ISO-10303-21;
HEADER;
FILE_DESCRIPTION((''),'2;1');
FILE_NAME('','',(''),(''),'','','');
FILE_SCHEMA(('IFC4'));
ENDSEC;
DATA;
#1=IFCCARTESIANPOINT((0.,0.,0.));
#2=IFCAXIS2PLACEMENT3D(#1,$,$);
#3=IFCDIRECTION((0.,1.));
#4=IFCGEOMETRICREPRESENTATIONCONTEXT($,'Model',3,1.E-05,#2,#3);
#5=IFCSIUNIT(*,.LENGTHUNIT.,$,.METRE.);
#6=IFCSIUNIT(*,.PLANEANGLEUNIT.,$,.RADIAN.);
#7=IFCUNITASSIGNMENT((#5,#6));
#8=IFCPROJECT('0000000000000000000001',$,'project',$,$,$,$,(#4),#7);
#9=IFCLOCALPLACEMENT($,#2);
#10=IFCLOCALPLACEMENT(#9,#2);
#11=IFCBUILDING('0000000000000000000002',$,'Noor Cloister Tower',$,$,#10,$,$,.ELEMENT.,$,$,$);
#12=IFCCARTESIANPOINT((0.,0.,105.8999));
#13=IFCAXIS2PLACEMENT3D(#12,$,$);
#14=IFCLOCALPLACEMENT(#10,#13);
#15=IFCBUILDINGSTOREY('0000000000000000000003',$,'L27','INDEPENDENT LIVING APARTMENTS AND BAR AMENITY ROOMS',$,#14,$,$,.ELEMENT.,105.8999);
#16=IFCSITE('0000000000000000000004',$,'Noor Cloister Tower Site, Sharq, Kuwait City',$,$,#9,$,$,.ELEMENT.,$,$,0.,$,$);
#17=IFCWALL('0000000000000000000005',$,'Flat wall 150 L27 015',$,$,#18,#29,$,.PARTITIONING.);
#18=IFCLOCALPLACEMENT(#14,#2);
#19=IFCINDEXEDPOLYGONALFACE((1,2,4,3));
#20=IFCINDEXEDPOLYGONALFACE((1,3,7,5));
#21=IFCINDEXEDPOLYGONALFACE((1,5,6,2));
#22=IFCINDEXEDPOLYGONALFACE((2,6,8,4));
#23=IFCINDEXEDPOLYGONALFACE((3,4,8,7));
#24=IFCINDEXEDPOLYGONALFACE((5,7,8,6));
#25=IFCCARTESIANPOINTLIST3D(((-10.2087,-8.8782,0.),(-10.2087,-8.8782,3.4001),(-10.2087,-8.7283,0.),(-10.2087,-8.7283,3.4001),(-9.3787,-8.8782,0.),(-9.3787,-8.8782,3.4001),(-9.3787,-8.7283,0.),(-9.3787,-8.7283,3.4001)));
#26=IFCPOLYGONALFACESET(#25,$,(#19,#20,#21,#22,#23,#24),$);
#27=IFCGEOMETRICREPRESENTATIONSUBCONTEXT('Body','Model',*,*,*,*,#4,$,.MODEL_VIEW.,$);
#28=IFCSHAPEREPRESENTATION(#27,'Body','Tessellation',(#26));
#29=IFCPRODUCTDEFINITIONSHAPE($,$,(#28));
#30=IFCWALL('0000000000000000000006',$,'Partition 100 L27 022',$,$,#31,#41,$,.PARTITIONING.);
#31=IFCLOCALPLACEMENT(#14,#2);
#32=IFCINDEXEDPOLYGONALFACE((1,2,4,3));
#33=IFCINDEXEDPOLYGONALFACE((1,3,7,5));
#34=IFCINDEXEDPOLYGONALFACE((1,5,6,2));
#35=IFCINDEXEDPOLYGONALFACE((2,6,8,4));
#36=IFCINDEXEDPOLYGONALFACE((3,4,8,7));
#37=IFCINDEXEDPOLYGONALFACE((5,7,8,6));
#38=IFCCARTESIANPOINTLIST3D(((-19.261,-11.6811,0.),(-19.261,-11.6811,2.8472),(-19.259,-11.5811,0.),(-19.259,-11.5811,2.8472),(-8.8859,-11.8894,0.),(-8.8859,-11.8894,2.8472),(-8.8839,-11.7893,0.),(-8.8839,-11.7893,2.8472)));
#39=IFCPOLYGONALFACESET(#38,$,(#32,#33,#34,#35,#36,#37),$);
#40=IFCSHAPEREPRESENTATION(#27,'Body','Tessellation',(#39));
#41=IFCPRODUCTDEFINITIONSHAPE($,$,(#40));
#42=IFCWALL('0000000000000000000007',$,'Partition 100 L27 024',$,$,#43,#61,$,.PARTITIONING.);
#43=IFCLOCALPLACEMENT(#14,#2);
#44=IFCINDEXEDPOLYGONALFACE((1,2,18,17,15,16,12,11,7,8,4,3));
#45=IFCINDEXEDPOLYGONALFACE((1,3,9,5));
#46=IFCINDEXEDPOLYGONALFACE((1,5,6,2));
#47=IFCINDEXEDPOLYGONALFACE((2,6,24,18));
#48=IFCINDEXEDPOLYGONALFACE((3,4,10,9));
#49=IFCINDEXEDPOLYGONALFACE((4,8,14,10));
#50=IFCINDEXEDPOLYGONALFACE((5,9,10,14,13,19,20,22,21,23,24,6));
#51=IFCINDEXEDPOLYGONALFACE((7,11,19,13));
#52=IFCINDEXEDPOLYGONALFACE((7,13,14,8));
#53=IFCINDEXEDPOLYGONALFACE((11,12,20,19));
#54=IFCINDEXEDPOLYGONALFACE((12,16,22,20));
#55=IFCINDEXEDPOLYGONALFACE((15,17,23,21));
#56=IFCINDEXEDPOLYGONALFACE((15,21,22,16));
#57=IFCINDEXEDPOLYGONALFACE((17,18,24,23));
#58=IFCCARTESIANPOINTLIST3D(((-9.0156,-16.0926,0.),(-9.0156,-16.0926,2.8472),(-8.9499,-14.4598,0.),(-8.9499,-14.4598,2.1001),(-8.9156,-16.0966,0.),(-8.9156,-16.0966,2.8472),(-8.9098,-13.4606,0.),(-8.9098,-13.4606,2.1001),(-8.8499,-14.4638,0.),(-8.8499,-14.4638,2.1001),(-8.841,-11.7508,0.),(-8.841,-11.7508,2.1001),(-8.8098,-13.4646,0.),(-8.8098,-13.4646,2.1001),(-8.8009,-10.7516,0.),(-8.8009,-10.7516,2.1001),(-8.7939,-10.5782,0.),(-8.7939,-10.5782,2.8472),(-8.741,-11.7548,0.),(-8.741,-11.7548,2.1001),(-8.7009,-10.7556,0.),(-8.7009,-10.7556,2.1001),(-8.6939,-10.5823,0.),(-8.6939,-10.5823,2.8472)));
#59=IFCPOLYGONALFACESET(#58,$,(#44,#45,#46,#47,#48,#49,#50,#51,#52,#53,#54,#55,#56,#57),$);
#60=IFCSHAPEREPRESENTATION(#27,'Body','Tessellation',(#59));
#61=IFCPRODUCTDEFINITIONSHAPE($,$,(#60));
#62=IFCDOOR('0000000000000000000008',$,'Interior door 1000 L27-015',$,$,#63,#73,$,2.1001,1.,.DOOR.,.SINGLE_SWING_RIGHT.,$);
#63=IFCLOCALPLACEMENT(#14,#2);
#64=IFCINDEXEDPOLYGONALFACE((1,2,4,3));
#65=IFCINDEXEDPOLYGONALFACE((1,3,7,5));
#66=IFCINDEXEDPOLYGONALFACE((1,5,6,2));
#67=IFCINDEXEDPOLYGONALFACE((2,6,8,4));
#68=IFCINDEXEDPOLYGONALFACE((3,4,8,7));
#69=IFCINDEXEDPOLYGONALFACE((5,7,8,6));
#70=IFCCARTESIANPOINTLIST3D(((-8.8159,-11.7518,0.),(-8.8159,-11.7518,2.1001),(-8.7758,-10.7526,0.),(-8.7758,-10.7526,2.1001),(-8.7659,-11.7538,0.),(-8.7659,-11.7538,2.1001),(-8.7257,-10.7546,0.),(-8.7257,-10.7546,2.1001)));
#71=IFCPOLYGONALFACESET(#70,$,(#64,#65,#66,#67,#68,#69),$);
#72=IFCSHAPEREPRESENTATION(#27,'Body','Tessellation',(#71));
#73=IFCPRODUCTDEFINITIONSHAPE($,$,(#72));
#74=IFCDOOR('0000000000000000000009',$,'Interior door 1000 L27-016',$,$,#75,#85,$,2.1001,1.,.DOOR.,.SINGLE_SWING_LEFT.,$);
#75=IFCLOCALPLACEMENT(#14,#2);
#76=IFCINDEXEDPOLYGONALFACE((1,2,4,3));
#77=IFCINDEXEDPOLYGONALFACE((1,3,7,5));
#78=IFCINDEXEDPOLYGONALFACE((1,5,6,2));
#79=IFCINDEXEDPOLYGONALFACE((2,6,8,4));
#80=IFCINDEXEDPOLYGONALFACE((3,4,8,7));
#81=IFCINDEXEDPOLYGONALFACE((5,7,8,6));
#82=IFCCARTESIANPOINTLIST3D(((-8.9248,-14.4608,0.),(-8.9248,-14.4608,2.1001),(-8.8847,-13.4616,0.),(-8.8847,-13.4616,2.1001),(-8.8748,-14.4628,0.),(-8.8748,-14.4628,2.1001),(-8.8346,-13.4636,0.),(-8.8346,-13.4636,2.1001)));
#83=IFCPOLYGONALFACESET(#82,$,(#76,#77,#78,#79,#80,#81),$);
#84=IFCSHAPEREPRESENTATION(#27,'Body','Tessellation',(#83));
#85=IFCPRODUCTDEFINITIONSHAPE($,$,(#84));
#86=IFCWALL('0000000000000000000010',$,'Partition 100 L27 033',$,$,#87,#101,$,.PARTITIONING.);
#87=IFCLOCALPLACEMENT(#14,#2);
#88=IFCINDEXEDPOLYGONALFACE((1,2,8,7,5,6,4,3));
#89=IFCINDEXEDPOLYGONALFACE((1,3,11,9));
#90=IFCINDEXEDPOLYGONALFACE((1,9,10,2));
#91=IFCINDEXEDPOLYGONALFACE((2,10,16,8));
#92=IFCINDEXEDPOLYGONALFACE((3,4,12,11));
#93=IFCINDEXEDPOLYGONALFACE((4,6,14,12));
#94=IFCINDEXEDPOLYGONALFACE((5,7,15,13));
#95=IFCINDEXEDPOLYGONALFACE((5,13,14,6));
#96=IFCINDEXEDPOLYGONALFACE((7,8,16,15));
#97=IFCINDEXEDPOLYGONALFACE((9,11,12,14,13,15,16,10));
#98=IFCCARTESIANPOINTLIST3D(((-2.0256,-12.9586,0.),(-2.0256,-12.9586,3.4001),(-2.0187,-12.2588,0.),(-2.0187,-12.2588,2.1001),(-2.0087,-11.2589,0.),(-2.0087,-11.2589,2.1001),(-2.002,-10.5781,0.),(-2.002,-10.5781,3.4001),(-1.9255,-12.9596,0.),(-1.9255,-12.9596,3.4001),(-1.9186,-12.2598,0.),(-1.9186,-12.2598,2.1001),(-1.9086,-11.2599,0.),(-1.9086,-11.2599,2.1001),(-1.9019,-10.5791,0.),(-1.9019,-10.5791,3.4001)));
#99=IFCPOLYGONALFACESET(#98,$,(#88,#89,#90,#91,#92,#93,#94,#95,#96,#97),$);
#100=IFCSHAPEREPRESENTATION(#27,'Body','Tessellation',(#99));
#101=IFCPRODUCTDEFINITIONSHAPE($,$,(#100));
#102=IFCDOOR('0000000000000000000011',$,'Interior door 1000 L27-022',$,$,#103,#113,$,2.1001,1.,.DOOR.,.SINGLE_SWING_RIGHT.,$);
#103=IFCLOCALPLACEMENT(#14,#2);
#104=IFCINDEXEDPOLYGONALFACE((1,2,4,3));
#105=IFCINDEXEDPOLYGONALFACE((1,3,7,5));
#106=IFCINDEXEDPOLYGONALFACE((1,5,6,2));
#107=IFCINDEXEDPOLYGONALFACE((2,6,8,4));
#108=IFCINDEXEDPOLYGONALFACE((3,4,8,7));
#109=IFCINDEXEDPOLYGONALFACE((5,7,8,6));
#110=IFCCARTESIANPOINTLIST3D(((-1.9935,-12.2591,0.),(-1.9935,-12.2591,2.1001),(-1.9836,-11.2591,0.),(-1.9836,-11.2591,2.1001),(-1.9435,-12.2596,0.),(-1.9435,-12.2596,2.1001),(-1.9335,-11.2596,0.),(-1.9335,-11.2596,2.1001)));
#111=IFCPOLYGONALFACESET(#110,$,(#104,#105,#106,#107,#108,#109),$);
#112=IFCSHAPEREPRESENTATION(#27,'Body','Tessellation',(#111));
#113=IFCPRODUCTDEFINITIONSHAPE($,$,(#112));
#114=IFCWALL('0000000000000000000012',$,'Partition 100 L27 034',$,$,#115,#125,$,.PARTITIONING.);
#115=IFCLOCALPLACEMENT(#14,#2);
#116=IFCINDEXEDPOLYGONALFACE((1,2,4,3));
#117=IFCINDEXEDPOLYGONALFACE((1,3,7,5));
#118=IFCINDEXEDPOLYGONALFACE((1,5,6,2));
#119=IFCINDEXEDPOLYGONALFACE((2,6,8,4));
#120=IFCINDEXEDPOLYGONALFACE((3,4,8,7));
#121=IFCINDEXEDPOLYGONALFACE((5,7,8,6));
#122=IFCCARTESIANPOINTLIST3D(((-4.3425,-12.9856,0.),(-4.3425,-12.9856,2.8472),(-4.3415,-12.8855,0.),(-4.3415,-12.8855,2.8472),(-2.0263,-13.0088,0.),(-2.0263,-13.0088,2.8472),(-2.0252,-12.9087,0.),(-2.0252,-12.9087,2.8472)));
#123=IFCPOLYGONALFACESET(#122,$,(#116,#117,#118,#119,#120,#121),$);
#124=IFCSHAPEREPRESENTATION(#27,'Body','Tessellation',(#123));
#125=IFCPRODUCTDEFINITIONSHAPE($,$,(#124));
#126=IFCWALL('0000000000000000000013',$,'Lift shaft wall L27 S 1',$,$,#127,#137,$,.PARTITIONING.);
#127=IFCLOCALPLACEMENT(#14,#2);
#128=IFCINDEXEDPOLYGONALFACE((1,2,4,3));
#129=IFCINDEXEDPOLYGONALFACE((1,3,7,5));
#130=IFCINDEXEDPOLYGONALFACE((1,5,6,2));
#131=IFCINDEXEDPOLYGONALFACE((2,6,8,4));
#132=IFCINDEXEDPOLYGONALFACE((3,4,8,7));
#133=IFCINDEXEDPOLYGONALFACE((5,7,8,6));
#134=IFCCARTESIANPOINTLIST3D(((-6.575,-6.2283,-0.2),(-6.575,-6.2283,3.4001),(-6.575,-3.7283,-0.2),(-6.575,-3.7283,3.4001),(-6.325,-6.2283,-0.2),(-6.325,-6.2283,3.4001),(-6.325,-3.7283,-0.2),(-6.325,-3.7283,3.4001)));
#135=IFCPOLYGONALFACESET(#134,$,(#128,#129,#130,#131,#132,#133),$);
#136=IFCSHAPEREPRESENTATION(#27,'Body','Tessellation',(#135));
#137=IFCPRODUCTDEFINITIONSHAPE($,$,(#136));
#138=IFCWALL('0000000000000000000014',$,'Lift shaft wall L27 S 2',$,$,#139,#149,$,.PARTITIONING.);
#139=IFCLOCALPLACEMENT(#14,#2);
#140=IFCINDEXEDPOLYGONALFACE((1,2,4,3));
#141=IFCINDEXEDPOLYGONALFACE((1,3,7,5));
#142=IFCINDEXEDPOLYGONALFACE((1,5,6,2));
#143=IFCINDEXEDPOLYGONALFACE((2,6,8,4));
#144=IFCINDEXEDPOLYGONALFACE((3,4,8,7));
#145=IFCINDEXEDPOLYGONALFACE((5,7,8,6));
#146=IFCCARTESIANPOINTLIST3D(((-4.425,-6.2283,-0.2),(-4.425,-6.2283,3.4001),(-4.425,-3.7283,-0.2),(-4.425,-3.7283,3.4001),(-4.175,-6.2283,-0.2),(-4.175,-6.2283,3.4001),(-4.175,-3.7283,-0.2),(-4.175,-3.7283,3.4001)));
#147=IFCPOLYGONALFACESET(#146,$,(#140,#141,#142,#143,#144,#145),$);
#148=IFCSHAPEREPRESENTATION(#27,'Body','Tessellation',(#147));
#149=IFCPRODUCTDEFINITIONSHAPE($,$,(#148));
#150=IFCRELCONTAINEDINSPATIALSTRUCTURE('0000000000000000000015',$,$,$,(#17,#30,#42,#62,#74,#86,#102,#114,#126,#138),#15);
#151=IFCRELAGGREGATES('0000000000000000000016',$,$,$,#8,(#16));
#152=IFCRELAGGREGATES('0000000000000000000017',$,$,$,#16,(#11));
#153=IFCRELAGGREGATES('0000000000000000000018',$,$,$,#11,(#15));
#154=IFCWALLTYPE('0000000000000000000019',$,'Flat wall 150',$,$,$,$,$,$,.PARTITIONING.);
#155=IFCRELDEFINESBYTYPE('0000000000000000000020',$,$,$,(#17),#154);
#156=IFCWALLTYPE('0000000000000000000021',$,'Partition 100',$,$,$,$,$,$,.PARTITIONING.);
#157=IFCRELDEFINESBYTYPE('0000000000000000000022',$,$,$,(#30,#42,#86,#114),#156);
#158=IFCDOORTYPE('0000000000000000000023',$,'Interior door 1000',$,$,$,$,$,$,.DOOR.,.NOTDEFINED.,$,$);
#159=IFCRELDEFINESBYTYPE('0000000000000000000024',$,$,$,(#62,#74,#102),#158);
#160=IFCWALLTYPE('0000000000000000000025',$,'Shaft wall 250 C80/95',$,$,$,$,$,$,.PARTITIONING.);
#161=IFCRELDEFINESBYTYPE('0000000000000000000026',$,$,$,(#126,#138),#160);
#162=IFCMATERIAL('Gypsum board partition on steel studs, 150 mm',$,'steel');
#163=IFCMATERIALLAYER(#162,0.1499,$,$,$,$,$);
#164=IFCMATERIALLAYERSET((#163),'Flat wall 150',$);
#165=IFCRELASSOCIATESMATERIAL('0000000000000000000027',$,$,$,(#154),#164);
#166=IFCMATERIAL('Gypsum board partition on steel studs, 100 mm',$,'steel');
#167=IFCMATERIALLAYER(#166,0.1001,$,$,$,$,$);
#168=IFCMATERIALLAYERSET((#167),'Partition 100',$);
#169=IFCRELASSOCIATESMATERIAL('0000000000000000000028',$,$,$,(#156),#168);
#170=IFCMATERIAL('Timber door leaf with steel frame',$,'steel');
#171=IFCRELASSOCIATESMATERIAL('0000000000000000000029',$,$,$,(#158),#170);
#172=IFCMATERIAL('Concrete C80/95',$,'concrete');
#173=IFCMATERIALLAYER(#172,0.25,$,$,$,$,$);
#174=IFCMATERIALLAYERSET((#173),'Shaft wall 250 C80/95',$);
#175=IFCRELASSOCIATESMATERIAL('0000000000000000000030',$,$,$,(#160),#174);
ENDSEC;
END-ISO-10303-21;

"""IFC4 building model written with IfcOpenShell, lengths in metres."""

from ifc_helpers import new_model, si_unit, direction, frame, frame_2d, origin, place, context, subcontext, project, spatial, rectangle, extrude, material, layer, layer_set, type_object, element, fill, save


model = new_model("IFC4")

# Units and contexts
model_context = context("Model", 3, precision=1e-05, world=origin(), true_north=direction((0.0, 1.0)))
body_context = subcontext(model_context, "Body", "Model", "MODEL_VIEW")
ifc_project = project(units=[si_unit("LENGTHUNIT", "METRE"), si_unit("PLANEANGLEUNIT", "RADIAN")], contexts=[model_context])

# Site, building, storey
site_placement = place(None, origin())
site = spatial("IfcSite", under=ifc_project, at=site_placement, Name="Noor Cloister Tower Site, Sharq, Kuwait City", CompositionType="ELEMENT", RefElevation=0.0)
building_placement = place(site_placement, origin())
building = spatial("IfcBuilding", under=site, at=building_placement, Name="Noor Cloister Tower", CompositionType="ELEMENT")
storey_placement = place(building_placement, frame((0.0, 0.0, 105.8999)))
storey = spatial("IfcBuildingStorey", under=building, at=storey_placement, Name="L27", Description="INDEPENDENT LIVING APARTMENTS AND BAR AMENITY ROOMS", CompositionType="ELEMENT", Elevation=105.8999)

# Walls
ifc_material_1 = material(Name="Gypsum board partition on steel studs, 150 mm", Category="steel")
ifc_layer_1 = layer(ifc_material_1, 0.1499)
ifc_layer_set_1 = layer_set([ifc_layer_1], Name="Flat wall 150")
wall_type_1 = type_object("IfcWallType", Name="Flat wall 150", PredefinedType="PARTITIONING", material=ifc_layer_set_1)
wall_1_placement = place(storey_placement, frame((-10.2087, -8.8032, 0.0), z_axis=(0.0, 0.0, 1.0), x_axis=(1.0, 0.0, 0.0)))
element("IfcWall", 1, at=wall_1_placement, inside=storey, type_object=wall_type_1, Name="Flat wall 150 L27 015", PredefinedType="PARTITIONING", context=body_context, shape_type="SweptSolid", body=[
    extrude(rectangle(XDim=0.8301, YDim=0.1499, at=frame_2d((0.415, 0.0))), origin(), (0.0, 0.0, 1.0), 3.4001),
])
ifc_material_2 = material(Name="Gypsum board partition on steel studs, 100 mm", Category="steel")
ifc_layer_2 = layer(ifc_material_2, 0.1001)
ifc_layer_set_2 = layer_set([ifc_layer_2], Name="Partition 100")
wall_type_2 = type_object("IfcWallType", Name="Partition 100", PredefinedType="PARTITIONING", material=ifc_layer_set_2)
wall_2_placement = place(storey_placement, frame((-8.885, -11.8394, 0.0), z_axis=(0.0, 0.0, 1.0), x_axis=(-0.999799, 0.020068, 0.0)))
element("IfcWall", 2, at=wall_2_placement, inside=storey, type_object=wall_type_2, Name="Partition 100 L27 022", PredefinedType="PARTITIONING", context=body_context, shape_type="SweptSolid", body=[
    extrude(rectangle(XDim=10.3772, YDim=0.1001, at=frame_2d((5.1885, 0.0))), origin(), (0.0, 0.0, 1.0), 2.8472),
])

# Wall, openings, doors
wall_3_placement = place(storey_placement, frame((-8.9656, -16.0945, 0.0), z_axis=(0.0, 0.0, 1.0), x_axis=(0.040168, 0.999193, 0.0)))
wall_3 = element("IfcWall", 3, at=wall_3_placement, inside=storey, type_object=wall_type_2, Name="Partition 100 L27 024", PredefinedType="PARTITIONING", context=body_context, shape_type="SweptSolid", body=[
    extrude(rectangle(XDim=5.5188, YDim=0.1001, at=frame_2d((2.7593, 0.0))), origin(), (0.0, 0.0, 1.0), 2.8472),
])
opening_1_placement = place(wall_3_placement, frame((4.3452, 0.0, 0.0)))
opening_1 = element("IfcOpeningElement", 4, at=opening_1_placement, cuts=wall_3, PredefinedType="OPENING", context=body_context, shape_type="SweptSolid", body=[
    extrude(rectangle(XDim=1.0, YDim=2.1001, at=frame_2d((0.5, 1.05))), frame((0.0, 0.0601, 0.0), z_axis=(0.0, -1.0, 0.0), x_axis=(1.0, 0.0, 0.0)), (0.0, 0.0, 1.0), 0.1201),
])
opening_2_placement = place(wall_3_placement, frame((1.634, 0.0, 0.0)))
opening_2 = element("IfcOpeningElement", 5, at=opening_2_placement, cuts=wall_3, PredefinedType="OPENING", context=body_context, shape_type="SweptSolid", body=[
    extrude(rectangle(XDim=1.0, YDim=2.1001, at=frame_2d((0.5, 1.05))), frame((0.0, 0.0601, 0.0), z_axis=(0.0, -1.0, 0.0), x_axis=(1.0, 0.0, 0.0)), (0.0, 0.0, 1.0), 0.1201),
])
ifc_material_3 = material(Name="Timber door leaf with steel frame", Category="steel")
door_type_1 = type_object("IfcDoorType", Name="Interior door 1000", OperationType="NOTDEFINED", PredefinedType="DOOR", material=ifc_material_3)
door_1_placement = place(opening_1_placement, origin())
door_1 = element("IfcDoor", 6, at=door_1_placement, inside=storey, type_object=door_type_1, Name="Interior door 1000 L27-015", OperationType="SINGLE_SWING_RIGHT", OverallHeight=2.1001, OverallWidth=1.0, PredefinedType="DOOR", context=body_context, shape_type="SweptSolid", body=[
    extrude(rectangle(XDim=1.0, YDim=2.1001, at=frame_2d((0.5, 1.05))), frame((0.0, 0.0249, 0.0), z_axis=(0.0, -1.0, 0.0), x_axis=(1.0, 0.0, 0.0)), (0.0, 0.0, 1.0), 0.05),
])
fill(opening_1, door_1)
door_2_placement = place(opening_2_placement, origin())
door_2 = element("IfcDoor", 7, at=door_2_placement, inside=storey, type_object=door_type_1, Name="Interior door 1000 L27-016", OperationType="SINGLE_SWING_LEFT", OverallHeight=2.1001, OverallWidth=1.0, PredefinedType="DOOR", context=body_context, shape_type="SweptSolid", body=[
    extrude(rectangle(XDim=1.0, YDim=2.1001, at=frame_2d((0.5, 1.05))), frame((0.0, 0.0249, 0.0), z_axis=(0.0, -1.0, 0.0), x_axis=(1.0, 0.0, 0.0)), (0.0, 0.0, 1.0), 0.05),
])
fill(opening_2, door_2)

# Wall, opening, door
wall_4_placement = place(storey_placement, frame((-1.9756, -12.9592, 0.0), z_axis=(0.0, 0.0, 1.0), x_axis=(0.009947, 0.999951, 0.0)))
wall_4 = element("IfcWall", 8, at=wall_4_placement, inside=storey, type_object=wall_type_2, Name="Partition 100 L27 033", PredefinedType="PARTITIONING", context=body_context, shape_type="SweptSolid", body=[
    extrude(rectangle(XDim=2.3806, YDim=0.1001, at=frame_2d((1.1904, 0.0))), origin(), (0.0, 0.0, 1.0), 3.4001),
])
opening_3_placement = place(wall_4_placement, frame((0.7, 0.0, 0.0)))
opening_3 = element("IfcOpeningElement", 9, at=opening_3_placement, cuts=wall_4, PredefinedType="OPENING", context=body_context, shape_type="SweptSolid", body=[
    extrude(rectangle(XDim=1.0, YDim=2.1001, at=frame_2d((0.5, 1.05))), frame((0.0, 0.0601, 0.0), z_axis=(0.0, -1.0, 0.0), x_axis=(1.0, 0.0, 0.0)), (0.0, 0.0, 1.0), 0.1201),
])
door_3_placement = place(opening_3_placement, origin())
door_3 = element("IfcDoor", 10, at=door_3_placement, inside=storey, type_object=door_type_1, Name="Interior door 1000 L27-022", OperationType="SINGLE_SWING_RIGHT", OverallHeight=2.1001, OverallWidth=1.0, PredefinedType="DOOR", context=body_context, shape_type="SweptSolid", body=[
    extrude(rectangle(XDim=1.0, YDim=2.1001, at=frame_2d((0.5, 1.05))), frame((0.0, 0.0249, 0.0), z_axis=(0.0, -1.0, 0.0), x_axis=(1.0, 0.0, 0.0)), (0.0, 0.0, 1.0), 0.05),
])
fill(opening_3, door_3)

# Walls
wall_5_placement = place(storey_placement, frame((-4.342, -12.9355, 0.0), z_axis=(0.0, 0.0, 1.0), x_axis=(0.99995, -0.010012, 0.0)))
element("IfcWall", 11, at=wall_5_placement, inside=storey, type_object=wall_type_2, Name="Partition 100 L27 034", PredefinedType="PARTITIONING", context=body_context, shape_type="SweptSolid", body=[
    extrude(rectangle(XDim=2.3164, YDim=0.1001, at=frame_2d((1.1582, 0.0))), origin(), (0.0, 0.0, 1.0), 2.8472),
])
ifc_material_4 = material(Name="Concrete C80/95", Category="concrete")
ifc_layer_3 = layer(ifc_material_4, 0.25)
ifc_layer_set_3 = layer_set([ifc_layer_3], Name="Shaft wall 250 C80/95")
wall_type_3 = type_object("IfcWallType", Name="Shaft wall 250 C80/95", PredefinedType="PARTITIONING", material=ifc_layer_set_3)
for number, where, z_axis, x_axis, name in (
    (12, (-6.45, -6.2283, -0.2), (0.0, 0.0, 1.0), (0.0, 1.0, 0.0), "Lift shaft wall L27 S 1"),
    (13, (-4.3, -6.2283, -0.2), (0.0, 0.0, 1.0), (0.0, 1.0, 0.0), "Lift shaft wall L27 S 2"),
):
    element("IfcWall", number, at=place(storey_placement, frame(where, z_axis=z_axis, x_axis=x_axis)), inside=storey, type_object=wall_type_3, Name=name, PredefinedType="PARTITIONING", context=body_context, shape_type="SweptSolid", body=[
        extrude(rectangle(XDim=2.5, YDim=0.25, at=frame_2d((1.25, 0.0))), origin(), (0.0, 0.0, 1.0), 3.6001),
    ])

save(model, "model.ifc")
